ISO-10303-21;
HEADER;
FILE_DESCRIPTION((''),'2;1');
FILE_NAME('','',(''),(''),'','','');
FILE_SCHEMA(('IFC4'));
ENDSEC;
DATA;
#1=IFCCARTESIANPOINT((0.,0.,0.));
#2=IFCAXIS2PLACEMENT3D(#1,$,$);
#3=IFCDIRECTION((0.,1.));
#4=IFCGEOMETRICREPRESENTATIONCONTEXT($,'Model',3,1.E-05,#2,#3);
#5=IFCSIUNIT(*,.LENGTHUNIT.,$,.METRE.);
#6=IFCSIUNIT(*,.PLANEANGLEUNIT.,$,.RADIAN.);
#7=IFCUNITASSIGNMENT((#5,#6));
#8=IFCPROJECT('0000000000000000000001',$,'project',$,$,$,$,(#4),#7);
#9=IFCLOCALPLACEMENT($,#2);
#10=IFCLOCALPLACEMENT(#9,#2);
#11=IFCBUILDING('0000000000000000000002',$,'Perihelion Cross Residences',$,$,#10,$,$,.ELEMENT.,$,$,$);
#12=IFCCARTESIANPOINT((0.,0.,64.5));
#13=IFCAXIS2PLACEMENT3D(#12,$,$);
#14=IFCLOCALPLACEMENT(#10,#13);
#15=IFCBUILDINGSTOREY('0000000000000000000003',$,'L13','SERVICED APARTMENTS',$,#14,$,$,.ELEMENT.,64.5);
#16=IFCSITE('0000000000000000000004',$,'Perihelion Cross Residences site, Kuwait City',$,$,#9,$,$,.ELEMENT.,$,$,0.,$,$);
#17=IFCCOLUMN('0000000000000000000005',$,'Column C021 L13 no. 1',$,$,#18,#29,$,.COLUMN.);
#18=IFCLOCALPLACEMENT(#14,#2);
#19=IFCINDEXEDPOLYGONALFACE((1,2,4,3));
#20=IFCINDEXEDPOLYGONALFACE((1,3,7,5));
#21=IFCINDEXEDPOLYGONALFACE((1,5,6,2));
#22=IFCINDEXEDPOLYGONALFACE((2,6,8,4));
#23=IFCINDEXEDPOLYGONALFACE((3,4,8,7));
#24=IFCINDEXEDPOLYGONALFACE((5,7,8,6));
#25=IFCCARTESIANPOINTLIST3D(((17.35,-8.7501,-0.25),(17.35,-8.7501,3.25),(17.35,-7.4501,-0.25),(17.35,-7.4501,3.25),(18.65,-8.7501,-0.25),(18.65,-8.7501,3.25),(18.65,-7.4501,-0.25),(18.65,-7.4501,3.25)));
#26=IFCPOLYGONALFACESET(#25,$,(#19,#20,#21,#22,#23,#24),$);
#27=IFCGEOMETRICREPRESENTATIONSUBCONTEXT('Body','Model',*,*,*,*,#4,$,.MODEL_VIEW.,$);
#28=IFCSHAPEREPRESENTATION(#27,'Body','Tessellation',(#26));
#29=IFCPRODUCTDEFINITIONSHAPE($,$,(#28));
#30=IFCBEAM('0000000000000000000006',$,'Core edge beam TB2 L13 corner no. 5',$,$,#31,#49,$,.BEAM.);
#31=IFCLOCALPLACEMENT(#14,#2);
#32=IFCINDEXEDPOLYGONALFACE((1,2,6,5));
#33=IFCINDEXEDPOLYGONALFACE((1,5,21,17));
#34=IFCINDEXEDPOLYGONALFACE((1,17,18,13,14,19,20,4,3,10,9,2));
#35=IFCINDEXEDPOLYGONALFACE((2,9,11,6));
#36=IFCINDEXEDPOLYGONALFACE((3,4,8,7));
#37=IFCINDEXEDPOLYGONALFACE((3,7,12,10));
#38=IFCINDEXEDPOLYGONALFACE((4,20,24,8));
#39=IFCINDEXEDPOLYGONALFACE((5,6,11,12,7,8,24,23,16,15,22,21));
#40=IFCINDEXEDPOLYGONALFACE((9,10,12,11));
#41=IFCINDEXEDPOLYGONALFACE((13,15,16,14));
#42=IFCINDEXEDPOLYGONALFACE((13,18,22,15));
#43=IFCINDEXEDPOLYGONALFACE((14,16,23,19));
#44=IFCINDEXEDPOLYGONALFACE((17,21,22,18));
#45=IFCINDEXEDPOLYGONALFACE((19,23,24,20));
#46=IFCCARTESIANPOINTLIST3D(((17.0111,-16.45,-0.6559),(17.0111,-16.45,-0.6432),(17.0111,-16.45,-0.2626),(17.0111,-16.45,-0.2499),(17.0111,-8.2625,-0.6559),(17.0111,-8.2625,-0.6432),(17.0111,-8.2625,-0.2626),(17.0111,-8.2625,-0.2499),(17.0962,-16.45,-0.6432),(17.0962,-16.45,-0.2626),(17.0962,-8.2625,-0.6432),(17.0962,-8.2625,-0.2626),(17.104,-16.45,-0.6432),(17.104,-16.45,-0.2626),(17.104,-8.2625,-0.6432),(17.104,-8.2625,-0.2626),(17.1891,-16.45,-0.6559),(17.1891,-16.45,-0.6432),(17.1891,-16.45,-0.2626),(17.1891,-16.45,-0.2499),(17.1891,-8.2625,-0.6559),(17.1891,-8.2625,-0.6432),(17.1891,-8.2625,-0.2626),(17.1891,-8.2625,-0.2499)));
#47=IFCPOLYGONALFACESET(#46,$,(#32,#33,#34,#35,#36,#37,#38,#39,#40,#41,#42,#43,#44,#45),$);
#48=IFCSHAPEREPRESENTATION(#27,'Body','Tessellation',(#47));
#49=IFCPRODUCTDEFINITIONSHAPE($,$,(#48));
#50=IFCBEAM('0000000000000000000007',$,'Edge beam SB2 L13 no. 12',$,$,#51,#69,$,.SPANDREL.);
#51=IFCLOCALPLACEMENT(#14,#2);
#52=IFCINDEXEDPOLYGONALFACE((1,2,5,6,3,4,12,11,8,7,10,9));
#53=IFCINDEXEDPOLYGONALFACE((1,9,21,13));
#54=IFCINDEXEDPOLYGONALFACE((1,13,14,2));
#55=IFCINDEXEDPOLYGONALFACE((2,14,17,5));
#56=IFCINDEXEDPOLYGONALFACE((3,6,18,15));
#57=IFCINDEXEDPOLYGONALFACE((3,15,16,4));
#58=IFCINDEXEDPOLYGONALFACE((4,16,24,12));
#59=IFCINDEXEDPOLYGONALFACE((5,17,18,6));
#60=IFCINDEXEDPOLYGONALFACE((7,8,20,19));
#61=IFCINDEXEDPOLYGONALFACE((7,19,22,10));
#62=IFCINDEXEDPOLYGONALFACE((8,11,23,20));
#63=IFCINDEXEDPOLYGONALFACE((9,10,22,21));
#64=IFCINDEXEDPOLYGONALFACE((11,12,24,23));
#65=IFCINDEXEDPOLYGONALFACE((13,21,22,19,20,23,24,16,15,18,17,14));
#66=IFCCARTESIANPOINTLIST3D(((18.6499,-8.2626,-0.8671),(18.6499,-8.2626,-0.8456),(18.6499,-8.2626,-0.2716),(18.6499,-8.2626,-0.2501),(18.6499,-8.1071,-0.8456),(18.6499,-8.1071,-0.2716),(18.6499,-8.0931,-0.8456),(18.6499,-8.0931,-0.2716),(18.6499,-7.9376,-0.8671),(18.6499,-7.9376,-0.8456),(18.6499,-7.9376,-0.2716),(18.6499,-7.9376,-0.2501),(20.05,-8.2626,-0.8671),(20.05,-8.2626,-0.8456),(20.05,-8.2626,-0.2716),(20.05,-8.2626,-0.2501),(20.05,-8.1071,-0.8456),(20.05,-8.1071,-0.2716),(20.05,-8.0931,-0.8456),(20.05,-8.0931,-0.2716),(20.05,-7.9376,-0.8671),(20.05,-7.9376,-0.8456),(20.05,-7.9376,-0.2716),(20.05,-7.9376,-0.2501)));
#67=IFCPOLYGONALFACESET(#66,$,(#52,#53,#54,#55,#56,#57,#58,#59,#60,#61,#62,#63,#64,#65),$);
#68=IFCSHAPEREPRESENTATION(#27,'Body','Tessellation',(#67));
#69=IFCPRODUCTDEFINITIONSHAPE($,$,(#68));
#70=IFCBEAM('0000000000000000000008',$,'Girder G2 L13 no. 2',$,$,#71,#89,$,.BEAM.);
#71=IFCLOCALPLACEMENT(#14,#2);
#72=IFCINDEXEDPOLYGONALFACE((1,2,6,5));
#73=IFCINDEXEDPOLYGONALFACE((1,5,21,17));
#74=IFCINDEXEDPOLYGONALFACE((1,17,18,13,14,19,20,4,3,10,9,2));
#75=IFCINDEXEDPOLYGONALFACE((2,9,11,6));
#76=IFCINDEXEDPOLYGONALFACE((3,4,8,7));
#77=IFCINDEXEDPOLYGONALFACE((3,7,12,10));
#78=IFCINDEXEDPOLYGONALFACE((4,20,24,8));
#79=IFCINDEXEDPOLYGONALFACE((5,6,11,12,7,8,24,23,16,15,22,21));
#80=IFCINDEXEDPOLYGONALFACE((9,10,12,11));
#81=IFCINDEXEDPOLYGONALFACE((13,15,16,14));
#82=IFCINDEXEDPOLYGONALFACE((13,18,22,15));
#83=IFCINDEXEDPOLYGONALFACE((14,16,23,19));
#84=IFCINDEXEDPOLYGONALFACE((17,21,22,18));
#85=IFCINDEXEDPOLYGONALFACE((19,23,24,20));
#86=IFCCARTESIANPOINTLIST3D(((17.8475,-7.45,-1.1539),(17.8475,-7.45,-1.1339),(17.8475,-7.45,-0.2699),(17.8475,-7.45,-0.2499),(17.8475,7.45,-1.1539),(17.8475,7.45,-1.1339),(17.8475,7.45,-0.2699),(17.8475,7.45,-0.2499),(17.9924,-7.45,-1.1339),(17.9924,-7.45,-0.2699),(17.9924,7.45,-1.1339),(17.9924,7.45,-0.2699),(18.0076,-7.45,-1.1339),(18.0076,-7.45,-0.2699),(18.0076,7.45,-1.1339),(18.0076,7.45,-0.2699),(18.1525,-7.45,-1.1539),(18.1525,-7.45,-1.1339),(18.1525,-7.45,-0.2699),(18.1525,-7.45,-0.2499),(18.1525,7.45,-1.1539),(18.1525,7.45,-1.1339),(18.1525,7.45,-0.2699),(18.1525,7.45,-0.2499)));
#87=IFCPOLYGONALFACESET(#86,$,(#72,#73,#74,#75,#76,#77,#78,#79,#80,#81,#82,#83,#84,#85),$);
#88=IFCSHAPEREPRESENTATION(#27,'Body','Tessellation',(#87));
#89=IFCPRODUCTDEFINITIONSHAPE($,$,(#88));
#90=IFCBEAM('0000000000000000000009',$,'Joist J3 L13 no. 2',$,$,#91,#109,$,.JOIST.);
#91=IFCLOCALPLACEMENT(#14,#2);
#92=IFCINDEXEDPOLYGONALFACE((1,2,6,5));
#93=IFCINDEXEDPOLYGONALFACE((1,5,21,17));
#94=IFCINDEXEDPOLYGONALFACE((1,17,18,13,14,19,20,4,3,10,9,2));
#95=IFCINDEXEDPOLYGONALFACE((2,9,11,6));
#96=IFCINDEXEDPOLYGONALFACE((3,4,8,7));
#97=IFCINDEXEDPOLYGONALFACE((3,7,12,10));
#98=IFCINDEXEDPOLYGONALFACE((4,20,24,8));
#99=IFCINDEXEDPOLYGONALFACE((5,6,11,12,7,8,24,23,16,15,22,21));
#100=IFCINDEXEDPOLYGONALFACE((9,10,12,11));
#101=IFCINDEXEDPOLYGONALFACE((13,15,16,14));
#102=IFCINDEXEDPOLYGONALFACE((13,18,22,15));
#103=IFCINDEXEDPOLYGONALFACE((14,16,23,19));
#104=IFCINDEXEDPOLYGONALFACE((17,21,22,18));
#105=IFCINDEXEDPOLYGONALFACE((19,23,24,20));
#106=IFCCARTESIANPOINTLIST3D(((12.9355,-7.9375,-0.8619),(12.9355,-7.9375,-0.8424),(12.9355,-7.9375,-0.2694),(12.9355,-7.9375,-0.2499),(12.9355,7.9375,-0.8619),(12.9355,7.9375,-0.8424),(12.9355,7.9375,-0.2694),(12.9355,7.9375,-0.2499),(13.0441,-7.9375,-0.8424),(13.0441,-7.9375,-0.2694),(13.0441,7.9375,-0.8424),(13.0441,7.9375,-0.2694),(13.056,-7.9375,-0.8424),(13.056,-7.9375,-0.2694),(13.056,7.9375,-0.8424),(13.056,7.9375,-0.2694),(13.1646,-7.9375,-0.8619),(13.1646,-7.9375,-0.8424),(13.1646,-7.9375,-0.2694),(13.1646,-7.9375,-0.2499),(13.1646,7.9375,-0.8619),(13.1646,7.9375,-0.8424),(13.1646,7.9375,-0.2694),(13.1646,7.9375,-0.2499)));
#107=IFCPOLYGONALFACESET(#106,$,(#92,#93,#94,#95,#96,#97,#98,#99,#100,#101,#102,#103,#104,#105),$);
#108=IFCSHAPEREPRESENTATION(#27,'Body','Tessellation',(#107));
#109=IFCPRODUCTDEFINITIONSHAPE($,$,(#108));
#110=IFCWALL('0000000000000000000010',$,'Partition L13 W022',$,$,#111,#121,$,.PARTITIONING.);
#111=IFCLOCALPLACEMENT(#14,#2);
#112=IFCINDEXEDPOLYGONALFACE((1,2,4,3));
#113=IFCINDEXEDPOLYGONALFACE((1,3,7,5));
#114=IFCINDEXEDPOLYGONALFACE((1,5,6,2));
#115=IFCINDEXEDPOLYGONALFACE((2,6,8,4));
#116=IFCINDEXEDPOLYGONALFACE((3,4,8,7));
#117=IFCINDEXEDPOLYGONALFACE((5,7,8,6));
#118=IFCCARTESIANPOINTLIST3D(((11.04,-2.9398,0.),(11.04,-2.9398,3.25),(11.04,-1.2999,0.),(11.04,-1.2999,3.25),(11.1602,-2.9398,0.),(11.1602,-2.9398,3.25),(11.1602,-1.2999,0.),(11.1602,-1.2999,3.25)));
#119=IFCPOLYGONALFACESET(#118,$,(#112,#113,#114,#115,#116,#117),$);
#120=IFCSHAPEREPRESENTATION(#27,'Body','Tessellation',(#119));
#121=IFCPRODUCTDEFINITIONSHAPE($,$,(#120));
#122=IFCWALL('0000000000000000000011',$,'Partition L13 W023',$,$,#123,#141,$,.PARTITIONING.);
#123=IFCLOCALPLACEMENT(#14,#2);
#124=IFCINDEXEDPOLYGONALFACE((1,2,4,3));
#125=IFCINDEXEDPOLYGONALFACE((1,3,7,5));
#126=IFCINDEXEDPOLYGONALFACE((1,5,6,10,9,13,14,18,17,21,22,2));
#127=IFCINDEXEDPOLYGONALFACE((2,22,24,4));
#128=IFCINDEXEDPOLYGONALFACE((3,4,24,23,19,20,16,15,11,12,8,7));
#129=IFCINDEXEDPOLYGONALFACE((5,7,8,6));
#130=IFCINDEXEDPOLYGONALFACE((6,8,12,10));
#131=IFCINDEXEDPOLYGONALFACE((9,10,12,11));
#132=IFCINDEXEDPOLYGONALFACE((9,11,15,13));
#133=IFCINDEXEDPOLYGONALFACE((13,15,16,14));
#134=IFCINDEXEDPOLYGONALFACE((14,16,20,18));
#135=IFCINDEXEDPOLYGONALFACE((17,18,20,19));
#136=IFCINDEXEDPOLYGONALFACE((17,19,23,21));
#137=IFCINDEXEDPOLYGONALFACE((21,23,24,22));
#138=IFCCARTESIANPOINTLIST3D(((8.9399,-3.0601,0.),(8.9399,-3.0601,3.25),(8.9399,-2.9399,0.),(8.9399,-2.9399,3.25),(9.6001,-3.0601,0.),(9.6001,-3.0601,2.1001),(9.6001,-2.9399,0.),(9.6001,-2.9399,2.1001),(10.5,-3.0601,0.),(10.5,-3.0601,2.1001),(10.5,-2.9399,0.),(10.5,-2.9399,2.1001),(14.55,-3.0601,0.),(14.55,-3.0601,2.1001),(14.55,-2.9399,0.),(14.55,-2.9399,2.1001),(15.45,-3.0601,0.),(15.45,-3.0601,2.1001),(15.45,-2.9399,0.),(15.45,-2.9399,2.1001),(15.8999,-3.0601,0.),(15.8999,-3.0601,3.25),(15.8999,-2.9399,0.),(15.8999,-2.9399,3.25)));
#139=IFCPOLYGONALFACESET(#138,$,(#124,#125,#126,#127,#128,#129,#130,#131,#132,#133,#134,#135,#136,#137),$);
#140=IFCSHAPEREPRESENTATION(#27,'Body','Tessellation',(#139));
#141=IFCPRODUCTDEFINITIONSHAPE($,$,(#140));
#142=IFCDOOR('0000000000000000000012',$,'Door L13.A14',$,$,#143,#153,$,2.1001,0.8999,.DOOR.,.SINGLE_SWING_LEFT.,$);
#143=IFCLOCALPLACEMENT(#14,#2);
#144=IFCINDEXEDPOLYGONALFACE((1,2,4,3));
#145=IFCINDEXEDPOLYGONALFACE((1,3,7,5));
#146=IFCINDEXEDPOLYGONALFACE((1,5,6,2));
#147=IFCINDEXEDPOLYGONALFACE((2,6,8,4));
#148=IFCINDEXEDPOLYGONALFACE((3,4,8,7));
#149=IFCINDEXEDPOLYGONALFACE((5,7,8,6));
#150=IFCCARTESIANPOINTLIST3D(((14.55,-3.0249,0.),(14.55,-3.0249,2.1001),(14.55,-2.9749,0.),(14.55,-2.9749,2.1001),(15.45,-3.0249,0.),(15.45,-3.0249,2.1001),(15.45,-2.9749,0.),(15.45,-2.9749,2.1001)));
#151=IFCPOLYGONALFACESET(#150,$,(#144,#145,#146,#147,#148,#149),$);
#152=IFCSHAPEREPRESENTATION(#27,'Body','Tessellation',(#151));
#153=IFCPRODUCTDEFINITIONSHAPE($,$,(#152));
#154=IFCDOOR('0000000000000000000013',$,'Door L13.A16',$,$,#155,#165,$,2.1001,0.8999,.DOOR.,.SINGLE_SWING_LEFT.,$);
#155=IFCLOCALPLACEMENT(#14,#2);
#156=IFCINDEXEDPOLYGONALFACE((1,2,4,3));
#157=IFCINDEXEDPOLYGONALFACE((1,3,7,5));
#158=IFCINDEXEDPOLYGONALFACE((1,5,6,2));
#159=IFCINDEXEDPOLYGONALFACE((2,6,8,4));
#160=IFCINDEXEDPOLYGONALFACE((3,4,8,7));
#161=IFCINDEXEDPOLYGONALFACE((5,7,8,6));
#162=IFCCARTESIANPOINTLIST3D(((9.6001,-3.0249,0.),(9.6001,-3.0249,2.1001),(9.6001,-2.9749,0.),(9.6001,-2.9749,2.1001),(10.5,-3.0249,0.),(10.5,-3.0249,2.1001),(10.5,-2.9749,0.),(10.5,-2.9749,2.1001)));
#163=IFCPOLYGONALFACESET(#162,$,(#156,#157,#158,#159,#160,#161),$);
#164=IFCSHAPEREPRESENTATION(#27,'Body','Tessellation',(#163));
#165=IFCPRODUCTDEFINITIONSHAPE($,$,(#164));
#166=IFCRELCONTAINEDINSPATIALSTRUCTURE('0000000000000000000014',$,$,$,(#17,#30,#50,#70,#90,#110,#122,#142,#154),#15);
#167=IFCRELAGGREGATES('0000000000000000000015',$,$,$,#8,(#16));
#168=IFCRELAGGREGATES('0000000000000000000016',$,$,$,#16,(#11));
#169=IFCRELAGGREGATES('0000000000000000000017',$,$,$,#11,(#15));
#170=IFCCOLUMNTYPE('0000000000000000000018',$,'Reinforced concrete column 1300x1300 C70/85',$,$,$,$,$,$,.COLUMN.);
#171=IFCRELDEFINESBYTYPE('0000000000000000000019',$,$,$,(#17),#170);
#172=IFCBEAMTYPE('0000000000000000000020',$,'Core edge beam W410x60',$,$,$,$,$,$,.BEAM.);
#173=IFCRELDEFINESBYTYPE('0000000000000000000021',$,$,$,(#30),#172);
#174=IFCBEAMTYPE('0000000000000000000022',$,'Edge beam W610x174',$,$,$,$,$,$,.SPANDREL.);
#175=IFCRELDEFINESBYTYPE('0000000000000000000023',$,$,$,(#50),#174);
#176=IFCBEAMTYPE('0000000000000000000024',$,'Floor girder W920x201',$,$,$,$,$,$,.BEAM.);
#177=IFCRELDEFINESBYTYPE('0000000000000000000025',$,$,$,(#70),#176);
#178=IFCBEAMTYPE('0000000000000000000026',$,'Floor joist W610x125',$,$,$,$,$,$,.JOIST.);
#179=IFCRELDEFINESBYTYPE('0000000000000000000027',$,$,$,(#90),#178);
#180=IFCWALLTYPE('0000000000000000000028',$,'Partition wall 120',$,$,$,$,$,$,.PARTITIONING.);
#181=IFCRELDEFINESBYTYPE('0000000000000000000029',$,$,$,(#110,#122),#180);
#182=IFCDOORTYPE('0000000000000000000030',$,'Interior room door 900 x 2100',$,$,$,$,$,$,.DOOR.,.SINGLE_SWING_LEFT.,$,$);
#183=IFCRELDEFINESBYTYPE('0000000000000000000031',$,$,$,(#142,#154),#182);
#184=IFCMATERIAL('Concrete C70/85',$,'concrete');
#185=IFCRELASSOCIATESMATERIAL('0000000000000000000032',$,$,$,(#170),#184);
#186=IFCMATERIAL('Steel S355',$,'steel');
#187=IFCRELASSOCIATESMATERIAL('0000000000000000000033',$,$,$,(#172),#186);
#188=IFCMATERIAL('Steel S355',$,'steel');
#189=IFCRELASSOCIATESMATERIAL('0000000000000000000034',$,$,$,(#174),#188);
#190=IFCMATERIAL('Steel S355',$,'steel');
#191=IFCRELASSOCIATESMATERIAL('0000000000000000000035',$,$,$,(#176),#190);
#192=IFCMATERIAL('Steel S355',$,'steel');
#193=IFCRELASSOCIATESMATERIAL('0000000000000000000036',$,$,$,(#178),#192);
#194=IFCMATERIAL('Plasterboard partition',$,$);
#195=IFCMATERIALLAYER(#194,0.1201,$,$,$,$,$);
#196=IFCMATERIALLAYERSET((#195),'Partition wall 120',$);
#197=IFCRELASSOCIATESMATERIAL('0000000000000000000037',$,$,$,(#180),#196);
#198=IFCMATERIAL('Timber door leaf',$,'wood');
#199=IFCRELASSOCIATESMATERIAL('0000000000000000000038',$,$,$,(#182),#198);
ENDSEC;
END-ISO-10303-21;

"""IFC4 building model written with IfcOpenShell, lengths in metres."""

from ifc_helpers import new_model, si_unit, direction, frame, frame_2d, origin, origin_2d, place, context, subcontext, project, spatial, rectangle, i_section, extrude, material, layer, layer_set, material_profile, profile_set, type_object, element, fill, save


model = new_model("IFC4")

# Units and contexts
model_context = context("Model", 3, precision=1e-05, world=origin(), true_north=direction((0.0, 1.0)))
body_context = subcontext(model_context, "Body", "Model", "MODEL_VIEW")
ifc_project = project(units=[si_unit("LENGTHUNIT", "METRE"), si_unit("PLANEANGLEUNIT", "RADIAN")], contexts=[model_context])

# Site, building, storey
site_placement = place(None, origin())
site = spatial("IfcSite", under=ifc_project, at=site_placement, Name="Perihelion Cross Residences site, Kuwait City", CompositionType="ELEMENT", RefElevation=0.0)
building_placement = place(site_placement, origin())
building = spatial("IfcBuilding", under=site, at=building_placement, Name="Perihelion Cross Residences", CompositionType="ELEMENT")
storey_placement = place(building_placement, frame((0.0, 0.0, 64.5)))
storey = spatial("IfcBuildingStorey", under=building, at=storey_placement, Name="L13", Description="SERVICED APARTMENTS", CompositionType="ELEMENT", Elevation=64.5)

# Column
ifc_material_1 = material(Name="Concrete C70/85", Category="concrete")
ifc_material_profile_1 = material_profile(ifc_material_1, rectangle(XDim=1.3, YDim=1.3, at=origin_2d()), Name="RC 1300x1300")
ifc_profile_set_1 = profile_set([ifc_material_profile_1], Name="Concrete C70/85")
column_type = type_object("IfcColumnType", Name="Reinforced concrete column 1300x1300 C70/85", PredefinedType="COLUMN", material=ifc_profile_set_1)
column_placement = place(storey_placement, frame((18.0, -8.1001, -0.25), z_axis=(0.0, 0.0, 1.0), x_axis=(1.0, 0.0, 0.0)))
element("IfcColumn", 1, at=column_placement, inside=storey, type_object=column_type, Name="Column C021 L13 no. 1", PredefinedType="COLUMN", context=body_context, shape_type="SweptSolid", body=[
    extrude(rectangle(XDim=1.3, YDim=1.3, at=origin_2d()), origin(), (0.0, 0.0, 1.0), 3.5),
])

# Beams
ifc_material_2 = material(Name="Steel S355", Category="steel")
ifc_material_profile_2 = material_profile(ifc_material_2, i_section(OverallWidth=0.178, OverallDepth=0.406, WebThickness=0.0078, FlangeThickness=0.0127, at=origin_2d()), Name="W410x60")
ifc_profile_set_2 = profile_set([ifc_material_profile_2], Name="Steel S355")
beam_type_1 = type_object("IfcBeamType", Name="Core edge beam W410x60", PredefinedType="BEAM", material=ifc_profile_set_2)
beam_1_placement = place(storey_placement, frame((17.1001, -8.2625, -0.4529), z_axis=(0.0, -1.0, 0.0), x_axis=(1.0, 0.0, 0.0)))
element("IfcBeam", 2, at=beam_1_placement, inside=storey, type_object=beam_type_1, Name="Core edge beam TB2 L13 corner no. 5", PredefinedType="BEAM", context=body_context, shape_type="SweptSolid", body=[
    extrude(i_section(OverallWidth=0.178, OverallDepth=0.406, WebThickness=0.0078, FlangeThickness=0.0127, at=origin_2d()), origin(), (0.0, 0.0, 1.0), 8.1875),
])
ifc_material_3 = material(Name="Steel S355", Category="steel")
ifc_material_profile_3 = material_profile(ifc_material_3, i_section(OverallWidth=0.325, OverallDepth=0.6169, WebThickness=0.0139, FlangeThickness=0.0215, at=origin_2d()), Name="W610x174")
ifc_profile_set_3 = profile_set([ifc_material_profile_3], Name="Steel S355")
beam_type_2 = type_object("IfcBeamType", Name="Edge beam W610x174", PredefinedType="SPANDREL", material=ifc_profile_set_3)
beam_2_placement = place(storey_placement, frame((18.6499, -8.1001, -0.5586), z_axis=(1.0, 0.0, 0.0), x_axis=(0.0, 1.0, 0.0)))
element("IfcBeam", 3, at=beam_2_placement, inside=storey, type_object=beam_type_2, Name="Edge beam SB2 L13 no. 12", PredefinedType="SPANDREL", context=body_context, shape_type="SweptSolid", body=[
    extrude(i_section(OverallWidth=0.325, OverallDepth=0.6169, WebThickness=0.0139, FlangeThickness=0.0215, at=origin_2d()), origin(), (0.0, 0.0, 1.0), 1.4001),
])
ifc_material_4 = material(Name="Steel S355", Category="steel")
ifc_material_profile_4 = material_profile(ifc_material_4, i_section(OverallWidth=0.3049, OverallDepth=0.9041, WebThickness=0.0151, FlangeThickness=0.02, at=origin_2d()), Name="W920x201")
ifc_profile_set_4 = profile_set([ifc_material_profile_4], Name="Steel S355")
beam_type_3 = type_object("IfcBeamType", Name="Floor girder W920x201", PredefinedType="BEAM", material=ifc_profile_set_4)
beam_3_placement = place(storey_placement, frame((18.0, -7.45, -0.7019), z_axis=(0.0, 1.0, 0.0), x_axis=(-1.0, 0.0, 0.0)))
element("IfcBeam", 4, at=beam_3_placement, inside=storey, type_object=beam_type_3, Name="Girder G2 L13 no. 2", PredefinedType="BEAM", context=body_context, shape_type="SweptSolid", body=[
    extrude(i_section(OverallWidth=0.3049, OverallDepth=0.9041, WebThickness=0.0151, FlangeThickness=0.02, at=origin_2d()), origin(), (0.0, 0.0, 1.0), 14.8999),
])
ifc_material_5 = material(Name="Steel S355", Category="steel")
ifc_material_profile_5 = material_profile(ifc_material_5, i_section(OverallWidth=0.229, OverallDepth=0.6121, WebThickness=0.012, FlangeThickness=0.0195, at=origin_2d()), Name="W610x125")
ifc_profile_set_5 = profile_set([ifc_material_profile_5], Name="Steel S355")
beam_type_4 = type_object("IfcBeamType", Name="Floor joist W610x125", PredefinedType="JOIST", material=ifc_profile_set_5)
beam_4_placement = place(storey_placement, frame((13.05, -7.9375, -0.5559), z_axis=(0.0, 1.0, 0.0), x_axis=(-1.0, 0.0, 0.0)))
element("IfcBeam", 5, at=beam_4_placement, inside=storey, type_object=beam_type_4, Name="Joist J3 L13 no. 2", PredefinedType="JOIST", context=body_context, shape_type="SweptSolid", body=[
    extrude(i_section(OverallWidth=0.229, OverallDepth=0.6121, WebThickness=0.012, FlangeThickness=0.0195, at=origin_2d()), origin(), (0.0, 0.0, 1.0), 15.875),
])

# Wall
ifc_material_6 = material(Name="Plasterboard partition")
ifc_layer_1 = layer(ifc_material_6, 0.1201)
ifc_layer_set_1 = layer_set([ifc_layer_1], Name="Partition wall 120")
wall_type_1 = type_object("IfcWallType", Name="Partition wall 120", PredefinedType="PARTITIONING", material=ifc_layer_set_1)
wall_1_placement = place(storey_placement, frame((11.1001, -1.3, 0.0), z_axis=(0.0, 0.0, 1.0), x_axis=(0.0, -1.0, 0.0)))
element("IfcWall", 6, at=wall_1_placement, inside=storey, type_object=wall_type_1, Name="Partition L13 W022", PredefinedType="PARTITIONING", context=body_context, shape_type="SweptSolid", body=[
    extrude(rectangle(XDim=1.6399, YDim=0.1201, at=frame_2d((0.8198, 0.0))), origin(), (0.0, 0.0, 1.0), 3.25),
])

# Wall, openings, doors
wall_2_placement = place(storey_placement, frame((15.8999, -3.0, 0.0), z_axis=(0.0, 0.0, 1.0), x_axis=(-1.0, 0.0, 0.0)))
wall_2 = element("IfcWall", 7, at=wall_2_placement, inside=storey, type_object=wall_type_1, Name="Partition L13 W023", PredefinedType="PARTITIONING", context=body_context, shape_type="SweptSolid", body=[
    extrude(rectangle(XDim=6.96, YDim=0.1201, at=frame_2d((3.48, 0.0))), origin(), (0.0, 0.0, 1.0), 3.25),
])
opening_1_placement = place(wall_2_placement, frame((0.45, 0.0, 0.0)))
opening_1 = element("IfcOpeningElement", 8, at=opening_1_placement, cuts=wall_2, PredefinedType="OPENING", context=body_context, shape_type="SweptSolid", body=[
    extrude(rectangle(XDim=0.8999, YDim=2.1001, at=frame_2d((0.45, 1.05))), frame((0.0, 0.0701, 0.0), z_axis=(0.0, -1.0, 0.0), x_axis=(1.0, 0.0, 0.0)), (0.0, 0.0, 1.0), 0.1401),
])
opening_2_placement = place(wall_2_placement, frame((5.3999, 0.0, 0.0)))
opening_2 = element("IfcOpeningElement", 9, at=opening_2_placement, cuts=wall_2, PredefinedType="OPENING", context=body_context, shape_type="SweptSolid", body=[
    extrude(rectangle(XDim=0.8999, YDim=2.1001, at=frame_2d((0.45, 1.05))), frame((0.0, 0.0701, 0.0), z_axis=(0.0, -1.0, 0.0), x_axis=(1.0, 0.0, 0.0)), (0.0, 0.0, 1.0), 0.1401),
])
ifc_material_7 = material(Name="Timber door leaf", Category="wood")
door_type_1 = type_object("IfcDoorType", Name="Interior room door 900 x 2100", OperationType="SINGLE_SWING_LEFT", PredefinedType="DOOR", material=ifc_material_7)
door_1_placement = place(opening_1_placement, origin())
door_1 = element("IfcDoor", 10, at=door_1_placement, inside=storey, type_object=door_type_1, Name="Door L13.A14", OperationType="SINGLE_SWING_LEFT", OverallHeight=2.1001, OverallWidth=0.8999, PredefinedType="DOOR", context=body_context, shape_type="SweptSolid", body=[
    extrude(rectangle(XDim=0.8999, YDim=2.1001, at=frame_2d((0.45, 1.05))), frame((0.0, 0.0249, 0.0), z_axis=(0.0, -1.0, 0.0), x_axis=(1.0, 0.0, 0.0)), (0.0, 0.0, 1.0), 0.05),
])
fill(opening_1, door_1)
door_2_placement = place(opening_2_placement, origin())
door_2 = element("IfcDoor", 11, at=door_2_placement, inside=storey, type_object=door_type_1, Name="Door L13.A16", OperationType="SINGLE_SWING_LEFT", OverallHeight=2.1001, OverallWidth=0.8999, PredefinedType="DOOR", context=body_context, shape_type="SweptSolid", body=[
    extrude(rectangle(XDim=0.8999, YDim=2.1001, at=frame_2d((0.45, 1.05))), frame((0.0, 0.0249, 0.0), z_axis=(0.0, -1.0, 0.0), x_axis=(1.0, 0.0, 0.0)), (0.0, 0.0, 1.0), 0.05),
])
fill(opening_2, door_2)

save(model, "model.ifc")
